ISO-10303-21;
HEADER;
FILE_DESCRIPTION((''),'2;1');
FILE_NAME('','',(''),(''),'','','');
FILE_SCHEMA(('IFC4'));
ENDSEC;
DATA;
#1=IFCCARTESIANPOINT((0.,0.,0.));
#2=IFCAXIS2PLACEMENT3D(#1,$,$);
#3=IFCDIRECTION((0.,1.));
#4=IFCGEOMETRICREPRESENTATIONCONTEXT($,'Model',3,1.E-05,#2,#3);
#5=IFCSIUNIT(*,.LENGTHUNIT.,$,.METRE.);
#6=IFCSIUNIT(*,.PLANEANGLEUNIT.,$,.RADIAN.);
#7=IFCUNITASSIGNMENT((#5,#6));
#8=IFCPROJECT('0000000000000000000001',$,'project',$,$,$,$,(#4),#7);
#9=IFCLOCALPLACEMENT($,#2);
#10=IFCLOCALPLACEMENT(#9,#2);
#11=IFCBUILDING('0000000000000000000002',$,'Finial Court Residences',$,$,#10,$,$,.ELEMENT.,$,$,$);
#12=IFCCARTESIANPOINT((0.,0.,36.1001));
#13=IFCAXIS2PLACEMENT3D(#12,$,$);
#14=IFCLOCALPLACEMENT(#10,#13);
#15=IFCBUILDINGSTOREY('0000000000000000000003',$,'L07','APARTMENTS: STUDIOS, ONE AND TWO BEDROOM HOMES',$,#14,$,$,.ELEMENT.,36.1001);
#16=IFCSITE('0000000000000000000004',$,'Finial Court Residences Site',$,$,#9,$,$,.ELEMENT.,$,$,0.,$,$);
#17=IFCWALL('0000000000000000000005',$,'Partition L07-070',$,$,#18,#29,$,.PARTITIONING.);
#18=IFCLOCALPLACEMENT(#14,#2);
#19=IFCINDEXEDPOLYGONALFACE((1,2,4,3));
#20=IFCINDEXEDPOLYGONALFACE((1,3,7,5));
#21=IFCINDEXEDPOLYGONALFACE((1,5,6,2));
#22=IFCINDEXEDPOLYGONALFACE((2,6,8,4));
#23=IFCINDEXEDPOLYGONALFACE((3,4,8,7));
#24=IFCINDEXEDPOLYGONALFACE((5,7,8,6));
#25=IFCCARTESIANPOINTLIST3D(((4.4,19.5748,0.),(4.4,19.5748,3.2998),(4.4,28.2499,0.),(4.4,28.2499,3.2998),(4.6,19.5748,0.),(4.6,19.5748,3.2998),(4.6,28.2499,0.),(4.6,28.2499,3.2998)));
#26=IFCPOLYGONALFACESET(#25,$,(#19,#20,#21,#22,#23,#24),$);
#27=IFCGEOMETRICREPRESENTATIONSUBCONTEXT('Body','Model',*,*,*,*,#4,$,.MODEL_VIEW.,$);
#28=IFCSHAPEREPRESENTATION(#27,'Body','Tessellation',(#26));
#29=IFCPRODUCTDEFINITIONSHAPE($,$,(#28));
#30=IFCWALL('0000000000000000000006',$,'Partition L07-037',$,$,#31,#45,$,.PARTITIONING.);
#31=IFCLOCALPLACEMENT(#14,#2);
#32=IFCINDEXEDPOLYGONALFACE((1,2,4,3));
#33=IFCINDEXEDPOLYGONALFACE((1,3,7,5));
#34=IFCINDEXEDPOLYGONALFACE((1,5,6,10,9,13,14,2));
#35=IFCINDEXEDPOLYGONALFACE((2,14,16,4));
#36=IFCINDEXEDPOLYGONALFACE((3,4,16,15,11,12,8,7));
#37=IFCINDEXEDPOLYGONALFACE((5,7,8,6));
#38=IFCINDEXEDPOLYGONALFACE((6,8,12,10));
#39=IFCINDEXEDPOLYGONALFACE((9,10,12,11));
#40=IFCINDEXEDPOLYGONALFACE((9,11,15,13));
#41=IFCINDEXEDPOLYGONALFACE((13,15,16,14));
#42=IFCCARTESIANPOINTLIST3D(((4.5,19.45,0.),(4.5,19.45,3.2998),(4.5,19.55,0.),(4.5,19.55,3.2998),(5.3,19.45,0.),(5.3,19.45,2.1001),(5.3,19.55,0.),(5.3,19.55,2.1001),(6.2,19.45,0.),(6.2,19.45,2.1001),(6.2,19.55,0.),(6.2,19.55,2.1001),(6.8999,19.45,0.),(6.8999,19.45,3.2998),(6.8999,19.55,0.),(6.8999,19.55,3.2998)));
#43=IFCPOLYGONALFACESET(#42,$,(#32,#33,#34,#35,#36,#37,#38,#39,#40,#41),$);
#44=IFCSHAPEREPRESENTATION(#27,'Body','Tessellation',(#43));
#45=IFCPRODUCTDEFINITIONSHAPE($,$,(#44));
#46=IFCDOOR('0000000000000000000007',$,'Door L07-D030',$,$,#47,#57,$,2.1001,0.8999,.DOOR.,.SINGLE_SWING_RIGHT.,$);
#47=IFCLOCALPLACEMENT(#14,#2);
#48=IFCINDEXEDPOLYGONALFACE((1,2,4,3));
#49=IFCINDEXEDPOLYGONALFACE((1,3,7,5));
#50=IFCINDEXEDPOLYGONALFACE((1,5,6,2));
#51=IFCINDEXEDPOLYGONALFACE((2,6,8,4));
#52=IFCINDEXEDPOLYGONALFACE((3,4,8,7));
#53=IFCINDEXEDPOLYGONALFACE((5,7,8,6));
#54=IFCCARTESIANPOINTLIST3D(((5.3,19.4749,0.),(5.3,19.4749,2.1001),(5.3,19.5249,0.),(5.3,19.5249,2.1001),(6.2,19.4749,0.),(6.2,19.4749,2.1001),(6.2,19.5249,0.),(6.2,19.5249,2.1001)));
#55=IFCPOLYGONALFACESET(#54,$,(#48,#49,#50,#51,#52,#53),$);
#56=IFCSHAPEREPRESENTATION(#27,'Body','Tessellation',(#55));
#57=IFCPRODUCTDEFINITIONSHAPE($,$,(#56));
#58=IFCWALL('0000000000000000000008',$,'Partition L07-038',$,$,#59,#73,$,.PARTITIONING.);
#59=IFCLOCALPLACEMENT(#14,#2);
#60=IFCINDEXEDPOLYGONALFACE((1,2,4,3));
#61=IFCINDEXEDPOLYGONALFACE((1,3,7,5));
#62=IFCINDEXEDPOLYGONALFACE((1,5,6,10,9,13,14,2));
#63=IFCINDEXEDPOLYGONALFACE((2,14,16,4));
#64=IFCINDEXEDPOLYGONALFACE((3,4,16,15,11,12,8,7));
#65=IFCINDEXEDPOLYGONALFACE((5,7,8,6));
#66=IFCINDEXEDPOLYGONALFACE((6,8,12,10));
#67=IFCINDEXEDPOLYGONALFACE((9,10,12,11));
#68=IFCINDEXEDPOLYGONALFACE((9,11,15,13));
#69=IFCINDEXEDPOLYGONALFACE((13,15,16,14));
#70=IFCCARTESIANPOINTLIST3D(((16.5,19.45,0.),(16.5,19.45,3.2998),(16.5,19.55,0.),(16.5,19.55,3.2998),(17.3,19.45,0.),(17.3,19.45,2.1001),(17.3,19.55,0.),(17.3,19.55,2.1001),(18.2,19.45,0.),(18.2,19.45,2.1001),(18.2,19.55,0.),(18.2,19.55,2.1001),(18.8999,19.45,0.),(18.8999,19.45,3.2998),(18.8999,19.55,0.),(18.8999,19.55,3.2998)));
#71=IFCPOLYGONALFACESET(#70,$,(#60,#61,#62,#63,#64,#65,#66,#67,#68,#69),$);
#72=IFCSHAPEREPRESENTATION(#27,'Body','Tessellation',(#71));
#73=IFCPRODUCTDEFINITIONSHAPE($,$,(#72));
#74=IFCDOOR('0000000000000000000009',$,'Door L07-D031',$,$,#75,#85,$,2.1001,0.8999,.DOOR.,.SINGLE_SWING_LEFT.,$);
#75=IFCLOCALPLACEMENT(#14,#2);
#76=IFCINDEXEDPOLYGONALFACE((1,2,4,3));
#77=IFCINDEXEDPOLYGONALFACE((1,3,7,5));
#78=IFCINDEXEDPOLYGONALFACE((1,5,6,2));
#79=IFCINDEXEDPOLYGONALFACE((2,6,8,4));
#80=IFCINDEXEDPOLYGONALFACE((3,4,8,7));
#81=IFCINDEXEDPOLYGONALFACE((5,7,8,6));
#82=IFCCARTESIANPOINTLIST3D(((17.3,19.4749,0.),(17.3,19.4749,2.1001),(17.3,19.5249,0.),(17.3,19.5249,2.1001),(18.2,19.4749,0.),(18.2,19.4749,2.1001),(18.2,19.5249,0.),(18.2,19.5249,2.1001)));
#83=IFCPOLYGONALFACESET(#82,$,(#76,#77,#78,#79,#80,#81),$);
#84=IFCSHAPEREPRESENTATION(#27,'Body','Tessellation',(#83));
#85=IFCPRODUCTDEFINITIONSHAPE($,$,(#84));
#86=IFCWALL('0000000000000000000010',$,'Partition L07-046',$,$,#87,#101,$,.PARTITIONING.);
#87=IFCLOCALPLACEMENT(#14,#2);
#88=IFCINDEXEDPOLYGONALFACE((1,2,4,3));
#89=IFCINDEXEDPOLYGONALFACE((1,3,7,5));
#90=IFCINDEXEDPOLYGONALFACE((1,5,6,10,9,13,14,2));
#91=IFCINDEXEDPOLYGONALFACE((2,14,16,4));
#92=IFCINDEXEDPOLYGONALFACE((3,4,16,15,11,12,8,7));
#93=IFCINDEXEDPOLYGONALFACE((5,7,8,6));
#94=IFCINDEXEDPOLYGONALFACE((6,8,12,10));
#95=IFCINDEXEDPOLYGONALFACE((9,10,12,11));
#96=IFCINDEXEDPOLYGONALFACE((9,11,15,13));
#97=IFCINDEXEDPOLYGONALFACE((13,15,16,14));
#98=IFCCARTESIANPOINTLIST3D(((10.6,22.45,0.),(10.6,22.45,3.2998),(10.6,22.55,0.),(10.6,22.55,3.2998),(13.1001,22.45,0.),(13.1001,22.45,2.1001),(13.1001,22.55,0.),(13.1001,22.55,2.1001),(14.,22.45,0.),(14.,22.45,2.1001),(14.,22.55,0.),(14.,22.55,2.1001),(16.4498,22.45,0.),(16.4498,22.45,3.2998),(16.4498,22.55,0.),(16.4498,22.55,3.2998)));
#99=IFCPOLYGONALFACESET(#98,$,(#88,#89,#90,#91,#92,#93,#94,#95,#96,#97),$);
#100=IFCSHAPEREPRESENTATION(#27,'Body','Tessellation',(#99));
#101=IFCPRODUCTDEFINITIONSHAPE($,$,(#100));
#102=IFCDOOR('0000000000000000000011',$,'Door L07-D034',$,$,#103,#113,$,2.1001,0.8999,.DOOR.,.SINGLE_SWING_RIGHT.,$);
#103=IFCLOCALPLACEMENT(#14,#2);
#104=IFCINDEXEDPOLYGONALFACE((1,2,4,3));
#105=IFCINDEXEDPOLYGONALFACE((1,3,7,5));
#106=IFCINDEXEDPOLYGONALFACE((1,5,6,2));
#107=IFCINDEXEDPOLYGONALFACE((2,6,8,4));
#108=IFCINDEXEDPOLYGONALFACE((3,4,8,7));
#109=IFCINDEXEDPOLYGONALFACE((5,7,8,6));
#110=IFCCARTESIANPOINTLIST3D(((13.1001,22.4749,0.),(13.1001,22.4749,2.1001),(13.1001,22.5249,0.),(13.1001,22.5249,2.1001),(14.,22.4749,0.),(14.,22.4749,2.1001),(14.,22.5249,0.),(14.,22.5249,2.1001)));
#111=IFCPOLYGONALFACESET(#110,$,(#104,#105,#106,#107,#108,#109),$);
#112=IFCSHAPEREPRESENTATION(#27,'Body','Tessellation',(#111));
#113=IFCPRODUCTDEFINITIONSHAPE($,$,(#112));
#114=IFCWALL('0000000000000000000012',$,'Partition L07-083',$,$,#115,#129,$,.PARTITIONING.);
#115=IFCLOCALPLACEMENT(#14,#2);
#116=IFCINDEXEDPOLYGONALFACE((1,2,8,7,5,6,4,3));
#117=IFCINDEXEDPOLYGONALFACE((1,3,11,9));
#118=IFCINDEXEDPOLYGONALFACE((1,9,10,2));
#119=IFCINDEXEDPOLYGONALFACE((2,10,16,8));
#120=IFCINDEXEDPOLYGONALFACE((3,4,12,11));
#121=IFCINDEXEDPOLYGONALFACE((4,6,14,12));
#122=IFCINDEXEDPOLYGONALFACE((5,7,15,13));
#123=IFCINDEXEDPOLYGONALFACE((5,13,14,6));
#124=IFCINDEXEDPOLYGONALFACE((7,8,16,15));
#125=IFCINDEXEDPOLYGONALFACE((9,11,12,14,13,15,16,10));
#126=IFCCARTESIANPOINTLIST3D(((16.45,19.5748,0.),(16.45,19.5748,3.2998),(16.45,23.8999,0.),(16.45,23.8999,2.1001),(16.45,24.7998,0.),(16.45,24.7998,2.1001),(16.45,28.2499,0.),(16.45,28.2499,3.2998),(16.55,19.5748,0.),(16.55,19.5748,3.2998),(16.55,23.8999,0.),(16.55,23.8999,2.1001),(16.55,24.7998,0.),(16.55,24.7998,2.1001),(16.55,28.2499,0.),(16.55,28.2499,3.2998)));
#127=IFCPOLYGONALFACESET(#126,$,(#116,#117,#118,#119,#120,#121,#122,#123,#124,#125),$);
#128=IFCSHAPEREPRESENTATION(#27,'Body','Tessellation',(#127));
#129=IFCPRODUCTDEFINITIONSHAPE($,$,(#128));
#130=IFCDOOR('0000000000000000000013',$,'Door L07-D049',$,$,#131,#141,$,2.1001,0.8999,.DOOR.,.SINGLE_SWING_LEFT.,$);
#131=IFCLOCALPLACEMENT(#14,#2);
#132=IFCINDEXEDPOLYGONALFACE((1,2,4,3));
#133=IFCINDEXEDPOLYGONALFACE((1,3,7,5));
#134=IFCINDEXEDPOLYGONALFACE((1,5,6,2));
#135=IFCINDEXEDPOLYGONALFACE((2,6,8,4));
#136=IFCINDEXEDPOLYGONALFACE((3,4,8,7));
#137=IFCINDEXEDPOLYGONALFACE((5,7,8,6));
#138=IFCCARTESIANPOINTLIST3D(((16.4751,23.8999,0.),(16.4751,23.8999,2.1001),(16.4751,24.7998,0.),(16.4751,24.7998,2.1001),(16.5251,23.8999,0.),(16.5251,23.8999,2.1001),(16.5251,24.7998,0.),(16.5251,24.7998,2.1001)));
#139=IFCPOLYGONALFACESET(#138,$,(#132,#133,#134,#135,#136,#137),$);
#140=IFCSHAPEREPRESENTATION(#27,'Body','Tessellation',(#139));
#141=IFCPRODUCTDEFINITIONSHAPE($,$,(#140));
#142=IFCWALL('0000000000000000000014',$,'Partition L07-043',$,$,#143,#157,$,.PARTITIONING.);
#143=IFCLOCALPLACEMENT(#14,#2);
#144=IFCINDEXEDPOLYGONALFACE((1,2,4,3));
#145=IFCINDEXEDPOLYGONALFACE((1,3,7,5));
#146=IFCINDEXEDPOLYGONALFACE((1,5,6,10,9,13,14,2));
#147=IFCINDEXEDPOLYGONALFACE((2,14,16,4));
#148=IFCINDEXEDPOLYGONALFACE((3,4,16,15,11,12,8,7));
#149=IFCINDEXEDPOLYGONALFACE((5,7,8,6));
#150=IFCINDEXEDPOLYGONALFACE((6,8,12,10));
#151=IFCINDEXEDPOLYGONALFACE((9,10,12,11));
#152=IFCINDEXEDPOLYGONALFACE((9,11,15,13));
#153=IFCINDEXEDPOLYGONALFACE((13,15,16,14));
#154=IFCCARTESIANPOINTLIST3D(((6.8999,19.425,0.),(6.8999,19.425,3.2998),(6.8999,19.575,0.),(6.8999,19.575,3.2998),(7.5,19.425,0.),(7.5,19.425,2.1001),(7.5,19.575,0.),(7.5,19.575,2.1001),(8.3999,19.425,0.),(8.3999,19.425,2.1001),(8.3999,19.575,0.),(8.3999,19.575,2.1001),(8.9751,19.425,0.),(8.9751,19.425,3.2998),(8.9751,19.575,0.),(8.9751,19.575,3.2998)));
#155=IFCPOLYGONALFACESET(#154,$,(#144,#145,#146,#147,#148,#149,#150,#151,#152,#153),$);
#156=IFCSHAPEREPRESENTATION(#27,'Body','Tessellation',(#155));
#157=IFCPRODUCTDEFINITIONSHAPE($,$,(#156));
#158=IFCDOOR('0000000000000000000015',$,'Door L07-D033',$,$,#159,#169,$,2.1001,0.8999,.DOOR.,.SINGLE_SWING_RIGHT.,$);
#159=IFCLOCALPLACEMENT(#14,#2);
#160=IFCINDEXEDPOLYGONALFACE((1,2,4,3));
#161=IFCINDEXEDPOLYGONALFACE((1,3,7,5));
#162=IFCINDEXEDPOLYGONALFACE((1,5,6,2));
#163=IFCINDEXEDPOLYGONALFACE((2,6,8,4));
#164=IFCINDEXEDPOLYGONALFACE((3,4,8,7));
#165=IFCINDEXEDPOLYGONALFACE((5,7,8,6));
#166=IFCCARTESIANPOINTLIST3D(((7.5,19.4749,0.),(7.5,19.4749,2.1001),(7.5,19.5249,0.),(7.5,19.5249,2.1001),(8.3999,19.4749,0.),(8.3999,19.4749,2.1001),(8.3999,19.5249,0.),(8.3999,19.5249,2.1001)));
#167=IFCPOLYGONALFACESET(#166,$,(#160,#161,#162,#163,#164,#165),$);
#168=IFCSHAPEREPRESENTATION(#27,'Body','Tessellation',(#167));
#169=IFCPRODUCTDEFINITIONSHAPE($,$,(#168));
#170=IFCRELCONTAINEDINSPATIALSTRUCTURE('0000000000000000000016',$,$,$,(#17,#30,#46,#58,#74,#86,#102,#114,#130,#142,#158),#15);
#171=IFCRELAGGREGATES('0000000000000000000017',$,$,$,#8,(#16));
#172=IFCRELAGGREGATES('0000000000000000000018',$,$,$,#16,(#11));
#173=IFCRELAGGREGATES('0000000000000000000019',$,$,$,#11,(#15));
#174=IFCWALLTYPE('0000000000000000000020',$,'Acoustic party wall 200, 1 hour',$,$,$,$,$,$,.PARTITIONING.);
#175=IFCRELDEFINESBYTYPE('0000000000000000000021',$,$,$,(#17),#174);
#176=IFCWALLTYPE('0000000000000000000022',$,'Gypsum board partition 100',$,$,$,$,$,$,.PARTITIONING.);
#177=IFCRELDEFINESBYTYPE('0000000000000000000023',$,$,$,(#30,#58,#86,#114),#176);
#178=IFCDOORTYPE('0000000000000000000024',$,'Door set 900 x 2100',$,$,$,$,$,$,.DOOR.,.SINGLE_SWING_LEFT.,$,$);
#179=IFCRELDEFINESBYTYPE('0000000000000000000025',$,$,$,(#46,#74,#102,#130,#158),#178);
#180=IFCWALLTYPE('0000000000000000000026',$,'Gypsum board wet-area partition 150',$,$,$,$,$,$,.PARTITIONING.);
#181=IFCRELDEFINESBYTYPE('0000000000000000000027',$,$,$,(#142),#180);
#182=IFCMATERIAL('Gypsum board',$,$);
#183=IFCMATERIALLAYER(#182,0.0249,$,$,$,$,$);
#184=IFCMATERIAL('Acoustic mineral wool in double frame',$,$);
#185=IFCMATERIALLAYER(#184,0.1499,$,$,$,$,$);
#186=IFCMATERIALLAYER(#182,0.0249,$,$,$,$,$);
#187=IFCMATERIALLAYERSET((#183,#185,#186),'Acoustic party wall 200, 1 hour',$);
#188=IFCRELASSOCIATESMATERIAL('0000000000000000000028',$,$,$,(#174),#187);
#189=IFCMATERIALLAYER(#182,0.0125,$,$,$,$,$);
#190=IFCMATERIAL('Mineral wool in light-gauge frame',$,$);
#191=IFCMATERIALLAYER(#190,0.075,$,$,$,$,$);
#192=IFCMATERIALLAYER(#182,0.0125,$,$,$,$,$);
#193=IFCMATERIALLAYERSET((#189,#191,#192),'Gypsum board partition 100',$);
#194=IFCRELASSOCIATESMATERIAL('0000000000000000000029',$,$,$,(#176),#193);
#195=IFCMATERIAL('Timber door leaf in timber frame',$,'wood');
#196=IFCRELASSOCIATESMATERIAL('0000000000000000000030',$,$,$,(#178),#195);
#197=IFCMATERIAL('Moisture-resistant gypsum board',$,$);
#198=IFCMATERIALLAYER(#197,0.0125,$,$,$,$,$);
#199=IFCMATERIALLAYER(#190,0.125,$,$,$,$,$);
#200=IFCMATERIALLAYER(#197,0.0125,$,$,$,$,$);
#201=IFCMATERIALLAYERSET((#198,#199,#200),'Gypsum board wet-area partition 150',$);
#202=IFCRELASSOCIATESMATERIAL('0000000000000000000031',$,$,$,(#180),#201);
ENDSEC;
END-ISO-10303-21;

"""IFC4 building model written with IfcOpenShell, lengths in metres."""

from ifc_helpers import new_model, si_unit, direction, frame, frame_2d, origin, place, context, subcontext, project, spatial, rectangle, extrude, material, layer, layer_set, type_object, element, fill, save


model = new_model("IFC4")

# Units and contexts
model_context = context("Model", 3, precision=1e-05, world=origin(), true_north=direction((0.0, 1.0)))
body_context = subcontext(model_context, "Body", "Model", "MODEL_VIEW")
ifc_project = project(units=[si_unit("LENGTHUNIT", "METRE"), si_unit("PLANEANGLEUNIT", "RADIAN")], contexts=[model_context])

# Site, building, storey
site_placement = place(None, origin())
site = spatial("IfcSite", under=ifc_project, at=site_placement, Name="Finial Court Residences Site", CompositionType="ELEMENT", RefElevation=0.0)
building_placement = place(site_placement, origin())
building = spatial("IfcBuilding", under=site, at=building_placement, Name="Finial Court Residences", CompositionType="ELEMENT")
storey_placement = place(building_placement, frame((0.0, 0.0, 36.1001)))
storey = spatial("IfcBuildingStorey", under=building, at=storey_placement, Name="L07", Description="APARTMENTS: STUDIOS, ONE AND TWO BEDROOM HOMES", CompositionType="ELEMENT", Elevation=36.1001)

# Wall
ifc_material_1 = material(Name="Gypsum board")
ifc_layer_1 = layer(ifc_material_1, 0.0249)
ifc_material_2 = material(Name="Acoustic mineral wool in double frame")
ifc_layer_2 = layer(ifc_material_2, 0.1499)
ifc_layer_3 = layer(ifc_material_1, 0.0249)
ifc_layer_set_1 = layer_set([ifc_layer_1, ifc_layer_2, ifc_layer_3], Name="Acoustic party wall 200, 1 hour")
wall_type_1 = type_object("IfcWallType", Name="Acoustic party wall 200, 1 hour", PredefinedType="PARTITIONING", material=ifc_layer_set_1)
wall_1_placement = place(storey_placement, frame((4.5, 19.575, 0.0), z_axis=(0.0, 0.0, 1.0), x_axis=(0.0, 1.0, 0.0)))
element("IfcWall", 1, at=wall_1_placement, inside=storey, type_object=wall_type_1, Name="Partition L07-070", PredefinedType="PARTITIONING", context=body_context, shape_type="SweptSolid", body=[
    extrude(rectangle(XDim=8.675, YDim=0.2, at=frame_2d((4.3374, 0.0))), origin(), (0.0, 0.0, 1.0), 3.2998),
])

# Walls, openings, doors
ifc_layer_4 = layer(ifc_material_1, 0.0125)
ifc_material_3 = material(Name="Mineral wool in light-gauge frame")
ifc_layer_5 = layer(ifc_material_3, 0.075)
ifc_layer_6 = layer(ifc_material_1, 0.0125)
ifc_layer_set_2 = layer_set([ifc_layer_4, ifc_layer_5, ifc_layer_6], Name="Gypsum board partition 100")
wall_type_2 = type_object("IfcWallType", Name="Gypsum board partition 100", PredefinedType="PARTITIONING", material=ifc_layer_set_2)
wall_2_placement = place(storey_placement, frame((4.5, 19.5, 0.0), z_axis=(0.0, 0.0, 1.0), x_axis=(1.0, 0.0, 0.0)))
wall_2 = element("IfcWall", 2, at=wall_2_placement, inside=storey, type_object=wall_type_2, Name="Partition L07-037", PredefinedType="PARTITIONING", context=body_context, shape_type="SweptSolid", body=[
    extrude(rectangle(XDim=2.3999, YDim=0.1001, at=frame_2d((1.2, 0.0))), origin(), (0.0, 0.0, 1.0), 3.2998),
])
opening_1_placement = place(wall_2_placement, frame((0.8, 0.0, 0.0)))
opening_1 = element("IfcOpeningElement", 3, at=opening_1_placement, cuts=wall_2, PredefinedType="OPENING", context=body_context, shape_type="SweptSolid", body=[
    extrude(rectangle(XDim=0.8999, YDim=2.1001, at=frame_2d((0.45, 1.05))), frame((0.0, 0.0601, 0.0), z_axis=(0.0, -1.0, 0.0), x_axis=(1.0, 0.0, 0.0)), (0.0, 0.0, 1.0), 0.1201),
])
ifc_material_4 = material(Name="Timber door leaf in timber frame", Category="wood")
door_type = type_object("IfcDoorType", Name="Door set 900 x 2100", OperationType="SINGLE_SWING_LEFT", PredefinedType="DOOR", material=ifc_material_4)
door_1_placement = place(opening_1_placement, origin())
door_1 = element("IfcDoor", 4, at=door_1_placement, inside=storey, type_object=door_type, Name="Door L07-D030", OperationType="SINGLE_SWING_RIGHT", OverallHeight=2.1001, OverallWidth=0.8999, PredefinedType="DOOR", context=body_context, shape_type="SweptSolid", body=[
    extrude(rectangle(XDim=0.8999, YDim=2.1001, at=frame_2d((0.45, 1.05))), frame((0.0, 0.0249, 0.0), z_axis=(0.0, -1.0, 0.0), x_axis=(1.0, 0.0, 0.0)), (0.0, 0.0, 1.0), 0.05),
])
fill(opening_1, door_1)
wall_3_placement = place(storey_placement, frame((16.5, 19.5, 0.0), z_axis=(0.0, 0.0, 1.0), x_axis=(1.0, 0.0, 0.0)))
wall_3 = element("IfcWall", 5, at=wall_3_placement, inside=storey, type_object=wall_type_2, Name="Partition L07-038", PredefinedType="PARTITIONING", context=body_context, shape_type="SweptSolid", body=[
    extrude(rectangle(XDim=2.3999, YDim=0.1001, at=frame_2d((1.2, 0.0))), origin(), (0.0, 0.0, 1.0), 3.2998),
])
opening_2_placement = place(wall_3_placement, frame((0.8, 0.0, 0.0)))
opening_2 = element("IfcOpeningElement", 6, at=opening_2_placement, cuts=wall_3, PredefinedType="OPENING", context=body_context, shape_type="SweptSolid", body=[
    extrude(rectangle(XDim=0.8999, YDim=2.1001, at=frame_2d((0.45, 1.05))), frame((0.0, 0.0601, 0.0), z_axis=(0.0, -1.0, 0.0), x_axis=(1.0, 0.0, 0.0)), (0.0, 0.0, 1.0), 0.1201),
])
door_2_placement = place(opening_2_placement, origin())
door_2 = element("IfcDoor", 7, at=door_2_placement, inside=storey, type_object=door_type, Name="Door L07-D031", OperationType="SINGLE_SWING_LEFT", OverallHeight=2.1001, OverallWidth=0.8999, PredefinedType="DOOR", context=body_context, shape_type="SweptSolid", body=[
    extrude(rectangle(XDim=0.8999, YDim=2.1001, at=frame_2d((0.45, 1.05))), frame((0.0, 0.0249, 0.0), z_axis=(0.0, -1.0, 0.0), x_axis=(1.0, 0.0, 0.0)), (0.0, 0.0, 1.0), 0.05),
])
fill(opening_2, door_2)
wall_4_placement = place(storey_placement, frame((10.6001, 22.5, 0.0), z_axis=(0.0, 0.0, 1.0), x_axis=(1.0, 0.0, 0.0)))
wall_4 = element("IfcWall", 8, at=wall_4_placement, inside=storey, type_object=wall_type_2, Name="Partition L07-046", PredefinedType="PARTITIONING", context=body_context, shape_type="SweptSolid", body=[
    extrude(rectangle(XDim=5.8499, YDim=0.1001, at=frame_2d((2.9248, 0.0))), origin(), (0.0, 0.0, 1.0), 3.2998),
])
opening_3_placement = place(wall_4_placement, frame((2.5, 0.0, 0.0)))
opening_3 = element("IfcOpeningElement", 9, at=opening_3_placement, cuts=wall_4, PredefinedType="OPENING", context=body_context, shape_type="SweptSolid", body=[
    extrude(rectangle(XDim=0.8999, YDim=2.1001, at=frame_2d((0.45, 1.05))), frame((0.0, 0.0601, 0.0), z_axis=(0.0, -1.0, 0.0), x_axis=(1.0, 0.0, 0.0)), (0.0, 0.0, 1.0), 0.1201),
])
door_3_placement = place(opening_3_placement, origin())
door_3 = element("IfcDoor", 10, at=door_3_placement, inside=storey, type_object=door_type, Name="Door L07-D034", OperationType="SINGLE_SWING_RIGHT", OverallHeight=2.1001, OverallWidth=0.8999, PredefinedType="DOOR", context=body_context, shape_type="SweptSolid", body=[
    extrude(rectangle(XDim=0.8999, YDim=2.1001, at=frame_2d((0.45, 1.05))), frame((0.0, 0.0249, 0.0), z_axis=(0.0, -1.0, 0.0), x_axis=(1.0, 0.0, 0.0)), (0.0, 0.0, 1.0), 0.05),
])
fill(opening_3, door_3)
wall_5_placement = place(storey_placement, frame((16.5, 19.575, 0.0), z_axis=(0.0, 0.0, 1.0), x_axis=(0.0, 1.0, 0.0)))
wall_5 = element("IfcWall", 11, at=wall_5_placement, inside=storey, type_object=wall_type_2, Name="Partition L07-083", PredefinedType="PARTITIONING", context=body_context, shape_type="SweptSolid", body=[
    extrude(rectangle(XDim=8.675, YDim=0.1001, at=frame_2d((4.3374, 0.0))), origin(), (0.0, 0.0, 1.0), 3.2998),
])
opening_4_placement = place(wall_5_placement, frame((4.325, 0.0, 0.0)))
opening_4 = element("IfcOpeningElement", 12, at=opening_4_placement, cuts=wall_5, PredefinedType="OPENING", context=body_context, shape_type="SweptSolid", body=[
    extrude(rectangle(XDim=0.8999, YDim=2.1001, at=frame_2d((0.45, 1.05))), frame((0.0, 0.0601, 0.0), z_axis=(0.0, -1.0, 0.0), x_axis=(1.0, 0.0, 0.0)), (0.0, 0.0, 1.0), 0.1201),
])
door_4_placement = place(opening_4_placement, origin())
door_4 = element("IfcDoor", 13, at=door_4_placement, inside=storey, type_object=door_type, Name="Door L07-D049", OperationType="SINGLE_SWING_LEFT", OverallHeight=2.1001, OverallWidth=0.8999, PredefinedType="DOOR", context=body_context, shape_type="SweptSolid", body=[
    extrude(rectangle(XDim=0.8999, YDim=2.1001, at=frame_2d((0.45, 1.05))), frame((0.0, 0.0249, 0.0), z_axis=(0.0, -1.0, 0.0), x_axis=(1.0, 0.0, 0.0)), (0.0, 0.0, 1.0), 0.05),
])
fill(opening_4, door_4)
ifc_material_5 = material(Name="Moisture-resistant gypsum board")
ifc_layer_7 = layer(ifc_material_5, 0.0125)
ifc_layer_8 = layer(ifc_material_3, 0.125)
ifc_layer_9 = layer(ifc_material_5, 0.0125)
ifc_layer_set_3 = layer_set([ifc_layer_7, ifc_layer_8, ifc_layer_9], Name="Gypsum board wet-area partition 150")
wall_type_3 = type_object("IfcWallType", Name="Gypsum board wet-area partition 150", PredefinedType="PARTITIONING", material=ifc_layer_set_3)
wall_6_placement = place(storey_placement, frame((6.8999, 19.5, 0.0), z_axis=(0.0, 0.0, 1.0), x_axis=(1.0, 0.0, 0.0)))
wall_6 = element("IfcWall", 14, at=wall_6_placement, inside=storey, type_object=wall_type_3, Name="Partition L07-043", PredefinedType="PARTITIONING", context=body_context, shape_type="SweptSolid", body=[
    extrude(rectangle(XDim=2.0752, YDim=0.1499, at=frame_2d((1.0376, 0.0))), origin(), (0.0, 0.0, 1.0), 3.2998),
])
opening_5_placement = place(wall_6_placement, frame((0.6001, 0.0, 0.0)))
opening_5 = element("IfcOpeningElement", 15, at=opening_5_placement, cuts=wall_6, PredefinedType="OPENING", context=body_context, shape_type="SweptSolid", body=[
    extrude(rectangle(XDim=0.8999, YDim=2.1001, at=frame_2d((0.45, 1.05))), frame((0.0, 0.085, 0.0), z_axis=(0.0, -1.0, 0.0), x_axis=(1.0, 0.0, 0.0)), (0.0, 0.0, 1.0), 0.1699),
])
door_5_placement = place(opening_5_placement, origin())
door_5 = element("IfcDoor", 16, at=door_5_placement, inside=storey, type_object=door_type, Name="Door L07-D033", OperationType="SINGLE_SWING_RIGHT", OverallHeight=2.1001, OverallWidth=0.8999, PredefinedType="DOOR", context=body_context, shape_type="SweptSolid", body=[
    extrude(rectangle(XDim=0.8999, YDim=2.1001, at=frame_2d((0.45, 1.05))), frame((0.0, 0.0249, 0.0), z_axis=(0.0, -1.0, 0.0), x_axis=(1.0, 0.0, 0.0)), (0.0, 0.0, 1.0), 0.05),
])
fill(opening_5, door_5)

save(model, "model.ifc")
